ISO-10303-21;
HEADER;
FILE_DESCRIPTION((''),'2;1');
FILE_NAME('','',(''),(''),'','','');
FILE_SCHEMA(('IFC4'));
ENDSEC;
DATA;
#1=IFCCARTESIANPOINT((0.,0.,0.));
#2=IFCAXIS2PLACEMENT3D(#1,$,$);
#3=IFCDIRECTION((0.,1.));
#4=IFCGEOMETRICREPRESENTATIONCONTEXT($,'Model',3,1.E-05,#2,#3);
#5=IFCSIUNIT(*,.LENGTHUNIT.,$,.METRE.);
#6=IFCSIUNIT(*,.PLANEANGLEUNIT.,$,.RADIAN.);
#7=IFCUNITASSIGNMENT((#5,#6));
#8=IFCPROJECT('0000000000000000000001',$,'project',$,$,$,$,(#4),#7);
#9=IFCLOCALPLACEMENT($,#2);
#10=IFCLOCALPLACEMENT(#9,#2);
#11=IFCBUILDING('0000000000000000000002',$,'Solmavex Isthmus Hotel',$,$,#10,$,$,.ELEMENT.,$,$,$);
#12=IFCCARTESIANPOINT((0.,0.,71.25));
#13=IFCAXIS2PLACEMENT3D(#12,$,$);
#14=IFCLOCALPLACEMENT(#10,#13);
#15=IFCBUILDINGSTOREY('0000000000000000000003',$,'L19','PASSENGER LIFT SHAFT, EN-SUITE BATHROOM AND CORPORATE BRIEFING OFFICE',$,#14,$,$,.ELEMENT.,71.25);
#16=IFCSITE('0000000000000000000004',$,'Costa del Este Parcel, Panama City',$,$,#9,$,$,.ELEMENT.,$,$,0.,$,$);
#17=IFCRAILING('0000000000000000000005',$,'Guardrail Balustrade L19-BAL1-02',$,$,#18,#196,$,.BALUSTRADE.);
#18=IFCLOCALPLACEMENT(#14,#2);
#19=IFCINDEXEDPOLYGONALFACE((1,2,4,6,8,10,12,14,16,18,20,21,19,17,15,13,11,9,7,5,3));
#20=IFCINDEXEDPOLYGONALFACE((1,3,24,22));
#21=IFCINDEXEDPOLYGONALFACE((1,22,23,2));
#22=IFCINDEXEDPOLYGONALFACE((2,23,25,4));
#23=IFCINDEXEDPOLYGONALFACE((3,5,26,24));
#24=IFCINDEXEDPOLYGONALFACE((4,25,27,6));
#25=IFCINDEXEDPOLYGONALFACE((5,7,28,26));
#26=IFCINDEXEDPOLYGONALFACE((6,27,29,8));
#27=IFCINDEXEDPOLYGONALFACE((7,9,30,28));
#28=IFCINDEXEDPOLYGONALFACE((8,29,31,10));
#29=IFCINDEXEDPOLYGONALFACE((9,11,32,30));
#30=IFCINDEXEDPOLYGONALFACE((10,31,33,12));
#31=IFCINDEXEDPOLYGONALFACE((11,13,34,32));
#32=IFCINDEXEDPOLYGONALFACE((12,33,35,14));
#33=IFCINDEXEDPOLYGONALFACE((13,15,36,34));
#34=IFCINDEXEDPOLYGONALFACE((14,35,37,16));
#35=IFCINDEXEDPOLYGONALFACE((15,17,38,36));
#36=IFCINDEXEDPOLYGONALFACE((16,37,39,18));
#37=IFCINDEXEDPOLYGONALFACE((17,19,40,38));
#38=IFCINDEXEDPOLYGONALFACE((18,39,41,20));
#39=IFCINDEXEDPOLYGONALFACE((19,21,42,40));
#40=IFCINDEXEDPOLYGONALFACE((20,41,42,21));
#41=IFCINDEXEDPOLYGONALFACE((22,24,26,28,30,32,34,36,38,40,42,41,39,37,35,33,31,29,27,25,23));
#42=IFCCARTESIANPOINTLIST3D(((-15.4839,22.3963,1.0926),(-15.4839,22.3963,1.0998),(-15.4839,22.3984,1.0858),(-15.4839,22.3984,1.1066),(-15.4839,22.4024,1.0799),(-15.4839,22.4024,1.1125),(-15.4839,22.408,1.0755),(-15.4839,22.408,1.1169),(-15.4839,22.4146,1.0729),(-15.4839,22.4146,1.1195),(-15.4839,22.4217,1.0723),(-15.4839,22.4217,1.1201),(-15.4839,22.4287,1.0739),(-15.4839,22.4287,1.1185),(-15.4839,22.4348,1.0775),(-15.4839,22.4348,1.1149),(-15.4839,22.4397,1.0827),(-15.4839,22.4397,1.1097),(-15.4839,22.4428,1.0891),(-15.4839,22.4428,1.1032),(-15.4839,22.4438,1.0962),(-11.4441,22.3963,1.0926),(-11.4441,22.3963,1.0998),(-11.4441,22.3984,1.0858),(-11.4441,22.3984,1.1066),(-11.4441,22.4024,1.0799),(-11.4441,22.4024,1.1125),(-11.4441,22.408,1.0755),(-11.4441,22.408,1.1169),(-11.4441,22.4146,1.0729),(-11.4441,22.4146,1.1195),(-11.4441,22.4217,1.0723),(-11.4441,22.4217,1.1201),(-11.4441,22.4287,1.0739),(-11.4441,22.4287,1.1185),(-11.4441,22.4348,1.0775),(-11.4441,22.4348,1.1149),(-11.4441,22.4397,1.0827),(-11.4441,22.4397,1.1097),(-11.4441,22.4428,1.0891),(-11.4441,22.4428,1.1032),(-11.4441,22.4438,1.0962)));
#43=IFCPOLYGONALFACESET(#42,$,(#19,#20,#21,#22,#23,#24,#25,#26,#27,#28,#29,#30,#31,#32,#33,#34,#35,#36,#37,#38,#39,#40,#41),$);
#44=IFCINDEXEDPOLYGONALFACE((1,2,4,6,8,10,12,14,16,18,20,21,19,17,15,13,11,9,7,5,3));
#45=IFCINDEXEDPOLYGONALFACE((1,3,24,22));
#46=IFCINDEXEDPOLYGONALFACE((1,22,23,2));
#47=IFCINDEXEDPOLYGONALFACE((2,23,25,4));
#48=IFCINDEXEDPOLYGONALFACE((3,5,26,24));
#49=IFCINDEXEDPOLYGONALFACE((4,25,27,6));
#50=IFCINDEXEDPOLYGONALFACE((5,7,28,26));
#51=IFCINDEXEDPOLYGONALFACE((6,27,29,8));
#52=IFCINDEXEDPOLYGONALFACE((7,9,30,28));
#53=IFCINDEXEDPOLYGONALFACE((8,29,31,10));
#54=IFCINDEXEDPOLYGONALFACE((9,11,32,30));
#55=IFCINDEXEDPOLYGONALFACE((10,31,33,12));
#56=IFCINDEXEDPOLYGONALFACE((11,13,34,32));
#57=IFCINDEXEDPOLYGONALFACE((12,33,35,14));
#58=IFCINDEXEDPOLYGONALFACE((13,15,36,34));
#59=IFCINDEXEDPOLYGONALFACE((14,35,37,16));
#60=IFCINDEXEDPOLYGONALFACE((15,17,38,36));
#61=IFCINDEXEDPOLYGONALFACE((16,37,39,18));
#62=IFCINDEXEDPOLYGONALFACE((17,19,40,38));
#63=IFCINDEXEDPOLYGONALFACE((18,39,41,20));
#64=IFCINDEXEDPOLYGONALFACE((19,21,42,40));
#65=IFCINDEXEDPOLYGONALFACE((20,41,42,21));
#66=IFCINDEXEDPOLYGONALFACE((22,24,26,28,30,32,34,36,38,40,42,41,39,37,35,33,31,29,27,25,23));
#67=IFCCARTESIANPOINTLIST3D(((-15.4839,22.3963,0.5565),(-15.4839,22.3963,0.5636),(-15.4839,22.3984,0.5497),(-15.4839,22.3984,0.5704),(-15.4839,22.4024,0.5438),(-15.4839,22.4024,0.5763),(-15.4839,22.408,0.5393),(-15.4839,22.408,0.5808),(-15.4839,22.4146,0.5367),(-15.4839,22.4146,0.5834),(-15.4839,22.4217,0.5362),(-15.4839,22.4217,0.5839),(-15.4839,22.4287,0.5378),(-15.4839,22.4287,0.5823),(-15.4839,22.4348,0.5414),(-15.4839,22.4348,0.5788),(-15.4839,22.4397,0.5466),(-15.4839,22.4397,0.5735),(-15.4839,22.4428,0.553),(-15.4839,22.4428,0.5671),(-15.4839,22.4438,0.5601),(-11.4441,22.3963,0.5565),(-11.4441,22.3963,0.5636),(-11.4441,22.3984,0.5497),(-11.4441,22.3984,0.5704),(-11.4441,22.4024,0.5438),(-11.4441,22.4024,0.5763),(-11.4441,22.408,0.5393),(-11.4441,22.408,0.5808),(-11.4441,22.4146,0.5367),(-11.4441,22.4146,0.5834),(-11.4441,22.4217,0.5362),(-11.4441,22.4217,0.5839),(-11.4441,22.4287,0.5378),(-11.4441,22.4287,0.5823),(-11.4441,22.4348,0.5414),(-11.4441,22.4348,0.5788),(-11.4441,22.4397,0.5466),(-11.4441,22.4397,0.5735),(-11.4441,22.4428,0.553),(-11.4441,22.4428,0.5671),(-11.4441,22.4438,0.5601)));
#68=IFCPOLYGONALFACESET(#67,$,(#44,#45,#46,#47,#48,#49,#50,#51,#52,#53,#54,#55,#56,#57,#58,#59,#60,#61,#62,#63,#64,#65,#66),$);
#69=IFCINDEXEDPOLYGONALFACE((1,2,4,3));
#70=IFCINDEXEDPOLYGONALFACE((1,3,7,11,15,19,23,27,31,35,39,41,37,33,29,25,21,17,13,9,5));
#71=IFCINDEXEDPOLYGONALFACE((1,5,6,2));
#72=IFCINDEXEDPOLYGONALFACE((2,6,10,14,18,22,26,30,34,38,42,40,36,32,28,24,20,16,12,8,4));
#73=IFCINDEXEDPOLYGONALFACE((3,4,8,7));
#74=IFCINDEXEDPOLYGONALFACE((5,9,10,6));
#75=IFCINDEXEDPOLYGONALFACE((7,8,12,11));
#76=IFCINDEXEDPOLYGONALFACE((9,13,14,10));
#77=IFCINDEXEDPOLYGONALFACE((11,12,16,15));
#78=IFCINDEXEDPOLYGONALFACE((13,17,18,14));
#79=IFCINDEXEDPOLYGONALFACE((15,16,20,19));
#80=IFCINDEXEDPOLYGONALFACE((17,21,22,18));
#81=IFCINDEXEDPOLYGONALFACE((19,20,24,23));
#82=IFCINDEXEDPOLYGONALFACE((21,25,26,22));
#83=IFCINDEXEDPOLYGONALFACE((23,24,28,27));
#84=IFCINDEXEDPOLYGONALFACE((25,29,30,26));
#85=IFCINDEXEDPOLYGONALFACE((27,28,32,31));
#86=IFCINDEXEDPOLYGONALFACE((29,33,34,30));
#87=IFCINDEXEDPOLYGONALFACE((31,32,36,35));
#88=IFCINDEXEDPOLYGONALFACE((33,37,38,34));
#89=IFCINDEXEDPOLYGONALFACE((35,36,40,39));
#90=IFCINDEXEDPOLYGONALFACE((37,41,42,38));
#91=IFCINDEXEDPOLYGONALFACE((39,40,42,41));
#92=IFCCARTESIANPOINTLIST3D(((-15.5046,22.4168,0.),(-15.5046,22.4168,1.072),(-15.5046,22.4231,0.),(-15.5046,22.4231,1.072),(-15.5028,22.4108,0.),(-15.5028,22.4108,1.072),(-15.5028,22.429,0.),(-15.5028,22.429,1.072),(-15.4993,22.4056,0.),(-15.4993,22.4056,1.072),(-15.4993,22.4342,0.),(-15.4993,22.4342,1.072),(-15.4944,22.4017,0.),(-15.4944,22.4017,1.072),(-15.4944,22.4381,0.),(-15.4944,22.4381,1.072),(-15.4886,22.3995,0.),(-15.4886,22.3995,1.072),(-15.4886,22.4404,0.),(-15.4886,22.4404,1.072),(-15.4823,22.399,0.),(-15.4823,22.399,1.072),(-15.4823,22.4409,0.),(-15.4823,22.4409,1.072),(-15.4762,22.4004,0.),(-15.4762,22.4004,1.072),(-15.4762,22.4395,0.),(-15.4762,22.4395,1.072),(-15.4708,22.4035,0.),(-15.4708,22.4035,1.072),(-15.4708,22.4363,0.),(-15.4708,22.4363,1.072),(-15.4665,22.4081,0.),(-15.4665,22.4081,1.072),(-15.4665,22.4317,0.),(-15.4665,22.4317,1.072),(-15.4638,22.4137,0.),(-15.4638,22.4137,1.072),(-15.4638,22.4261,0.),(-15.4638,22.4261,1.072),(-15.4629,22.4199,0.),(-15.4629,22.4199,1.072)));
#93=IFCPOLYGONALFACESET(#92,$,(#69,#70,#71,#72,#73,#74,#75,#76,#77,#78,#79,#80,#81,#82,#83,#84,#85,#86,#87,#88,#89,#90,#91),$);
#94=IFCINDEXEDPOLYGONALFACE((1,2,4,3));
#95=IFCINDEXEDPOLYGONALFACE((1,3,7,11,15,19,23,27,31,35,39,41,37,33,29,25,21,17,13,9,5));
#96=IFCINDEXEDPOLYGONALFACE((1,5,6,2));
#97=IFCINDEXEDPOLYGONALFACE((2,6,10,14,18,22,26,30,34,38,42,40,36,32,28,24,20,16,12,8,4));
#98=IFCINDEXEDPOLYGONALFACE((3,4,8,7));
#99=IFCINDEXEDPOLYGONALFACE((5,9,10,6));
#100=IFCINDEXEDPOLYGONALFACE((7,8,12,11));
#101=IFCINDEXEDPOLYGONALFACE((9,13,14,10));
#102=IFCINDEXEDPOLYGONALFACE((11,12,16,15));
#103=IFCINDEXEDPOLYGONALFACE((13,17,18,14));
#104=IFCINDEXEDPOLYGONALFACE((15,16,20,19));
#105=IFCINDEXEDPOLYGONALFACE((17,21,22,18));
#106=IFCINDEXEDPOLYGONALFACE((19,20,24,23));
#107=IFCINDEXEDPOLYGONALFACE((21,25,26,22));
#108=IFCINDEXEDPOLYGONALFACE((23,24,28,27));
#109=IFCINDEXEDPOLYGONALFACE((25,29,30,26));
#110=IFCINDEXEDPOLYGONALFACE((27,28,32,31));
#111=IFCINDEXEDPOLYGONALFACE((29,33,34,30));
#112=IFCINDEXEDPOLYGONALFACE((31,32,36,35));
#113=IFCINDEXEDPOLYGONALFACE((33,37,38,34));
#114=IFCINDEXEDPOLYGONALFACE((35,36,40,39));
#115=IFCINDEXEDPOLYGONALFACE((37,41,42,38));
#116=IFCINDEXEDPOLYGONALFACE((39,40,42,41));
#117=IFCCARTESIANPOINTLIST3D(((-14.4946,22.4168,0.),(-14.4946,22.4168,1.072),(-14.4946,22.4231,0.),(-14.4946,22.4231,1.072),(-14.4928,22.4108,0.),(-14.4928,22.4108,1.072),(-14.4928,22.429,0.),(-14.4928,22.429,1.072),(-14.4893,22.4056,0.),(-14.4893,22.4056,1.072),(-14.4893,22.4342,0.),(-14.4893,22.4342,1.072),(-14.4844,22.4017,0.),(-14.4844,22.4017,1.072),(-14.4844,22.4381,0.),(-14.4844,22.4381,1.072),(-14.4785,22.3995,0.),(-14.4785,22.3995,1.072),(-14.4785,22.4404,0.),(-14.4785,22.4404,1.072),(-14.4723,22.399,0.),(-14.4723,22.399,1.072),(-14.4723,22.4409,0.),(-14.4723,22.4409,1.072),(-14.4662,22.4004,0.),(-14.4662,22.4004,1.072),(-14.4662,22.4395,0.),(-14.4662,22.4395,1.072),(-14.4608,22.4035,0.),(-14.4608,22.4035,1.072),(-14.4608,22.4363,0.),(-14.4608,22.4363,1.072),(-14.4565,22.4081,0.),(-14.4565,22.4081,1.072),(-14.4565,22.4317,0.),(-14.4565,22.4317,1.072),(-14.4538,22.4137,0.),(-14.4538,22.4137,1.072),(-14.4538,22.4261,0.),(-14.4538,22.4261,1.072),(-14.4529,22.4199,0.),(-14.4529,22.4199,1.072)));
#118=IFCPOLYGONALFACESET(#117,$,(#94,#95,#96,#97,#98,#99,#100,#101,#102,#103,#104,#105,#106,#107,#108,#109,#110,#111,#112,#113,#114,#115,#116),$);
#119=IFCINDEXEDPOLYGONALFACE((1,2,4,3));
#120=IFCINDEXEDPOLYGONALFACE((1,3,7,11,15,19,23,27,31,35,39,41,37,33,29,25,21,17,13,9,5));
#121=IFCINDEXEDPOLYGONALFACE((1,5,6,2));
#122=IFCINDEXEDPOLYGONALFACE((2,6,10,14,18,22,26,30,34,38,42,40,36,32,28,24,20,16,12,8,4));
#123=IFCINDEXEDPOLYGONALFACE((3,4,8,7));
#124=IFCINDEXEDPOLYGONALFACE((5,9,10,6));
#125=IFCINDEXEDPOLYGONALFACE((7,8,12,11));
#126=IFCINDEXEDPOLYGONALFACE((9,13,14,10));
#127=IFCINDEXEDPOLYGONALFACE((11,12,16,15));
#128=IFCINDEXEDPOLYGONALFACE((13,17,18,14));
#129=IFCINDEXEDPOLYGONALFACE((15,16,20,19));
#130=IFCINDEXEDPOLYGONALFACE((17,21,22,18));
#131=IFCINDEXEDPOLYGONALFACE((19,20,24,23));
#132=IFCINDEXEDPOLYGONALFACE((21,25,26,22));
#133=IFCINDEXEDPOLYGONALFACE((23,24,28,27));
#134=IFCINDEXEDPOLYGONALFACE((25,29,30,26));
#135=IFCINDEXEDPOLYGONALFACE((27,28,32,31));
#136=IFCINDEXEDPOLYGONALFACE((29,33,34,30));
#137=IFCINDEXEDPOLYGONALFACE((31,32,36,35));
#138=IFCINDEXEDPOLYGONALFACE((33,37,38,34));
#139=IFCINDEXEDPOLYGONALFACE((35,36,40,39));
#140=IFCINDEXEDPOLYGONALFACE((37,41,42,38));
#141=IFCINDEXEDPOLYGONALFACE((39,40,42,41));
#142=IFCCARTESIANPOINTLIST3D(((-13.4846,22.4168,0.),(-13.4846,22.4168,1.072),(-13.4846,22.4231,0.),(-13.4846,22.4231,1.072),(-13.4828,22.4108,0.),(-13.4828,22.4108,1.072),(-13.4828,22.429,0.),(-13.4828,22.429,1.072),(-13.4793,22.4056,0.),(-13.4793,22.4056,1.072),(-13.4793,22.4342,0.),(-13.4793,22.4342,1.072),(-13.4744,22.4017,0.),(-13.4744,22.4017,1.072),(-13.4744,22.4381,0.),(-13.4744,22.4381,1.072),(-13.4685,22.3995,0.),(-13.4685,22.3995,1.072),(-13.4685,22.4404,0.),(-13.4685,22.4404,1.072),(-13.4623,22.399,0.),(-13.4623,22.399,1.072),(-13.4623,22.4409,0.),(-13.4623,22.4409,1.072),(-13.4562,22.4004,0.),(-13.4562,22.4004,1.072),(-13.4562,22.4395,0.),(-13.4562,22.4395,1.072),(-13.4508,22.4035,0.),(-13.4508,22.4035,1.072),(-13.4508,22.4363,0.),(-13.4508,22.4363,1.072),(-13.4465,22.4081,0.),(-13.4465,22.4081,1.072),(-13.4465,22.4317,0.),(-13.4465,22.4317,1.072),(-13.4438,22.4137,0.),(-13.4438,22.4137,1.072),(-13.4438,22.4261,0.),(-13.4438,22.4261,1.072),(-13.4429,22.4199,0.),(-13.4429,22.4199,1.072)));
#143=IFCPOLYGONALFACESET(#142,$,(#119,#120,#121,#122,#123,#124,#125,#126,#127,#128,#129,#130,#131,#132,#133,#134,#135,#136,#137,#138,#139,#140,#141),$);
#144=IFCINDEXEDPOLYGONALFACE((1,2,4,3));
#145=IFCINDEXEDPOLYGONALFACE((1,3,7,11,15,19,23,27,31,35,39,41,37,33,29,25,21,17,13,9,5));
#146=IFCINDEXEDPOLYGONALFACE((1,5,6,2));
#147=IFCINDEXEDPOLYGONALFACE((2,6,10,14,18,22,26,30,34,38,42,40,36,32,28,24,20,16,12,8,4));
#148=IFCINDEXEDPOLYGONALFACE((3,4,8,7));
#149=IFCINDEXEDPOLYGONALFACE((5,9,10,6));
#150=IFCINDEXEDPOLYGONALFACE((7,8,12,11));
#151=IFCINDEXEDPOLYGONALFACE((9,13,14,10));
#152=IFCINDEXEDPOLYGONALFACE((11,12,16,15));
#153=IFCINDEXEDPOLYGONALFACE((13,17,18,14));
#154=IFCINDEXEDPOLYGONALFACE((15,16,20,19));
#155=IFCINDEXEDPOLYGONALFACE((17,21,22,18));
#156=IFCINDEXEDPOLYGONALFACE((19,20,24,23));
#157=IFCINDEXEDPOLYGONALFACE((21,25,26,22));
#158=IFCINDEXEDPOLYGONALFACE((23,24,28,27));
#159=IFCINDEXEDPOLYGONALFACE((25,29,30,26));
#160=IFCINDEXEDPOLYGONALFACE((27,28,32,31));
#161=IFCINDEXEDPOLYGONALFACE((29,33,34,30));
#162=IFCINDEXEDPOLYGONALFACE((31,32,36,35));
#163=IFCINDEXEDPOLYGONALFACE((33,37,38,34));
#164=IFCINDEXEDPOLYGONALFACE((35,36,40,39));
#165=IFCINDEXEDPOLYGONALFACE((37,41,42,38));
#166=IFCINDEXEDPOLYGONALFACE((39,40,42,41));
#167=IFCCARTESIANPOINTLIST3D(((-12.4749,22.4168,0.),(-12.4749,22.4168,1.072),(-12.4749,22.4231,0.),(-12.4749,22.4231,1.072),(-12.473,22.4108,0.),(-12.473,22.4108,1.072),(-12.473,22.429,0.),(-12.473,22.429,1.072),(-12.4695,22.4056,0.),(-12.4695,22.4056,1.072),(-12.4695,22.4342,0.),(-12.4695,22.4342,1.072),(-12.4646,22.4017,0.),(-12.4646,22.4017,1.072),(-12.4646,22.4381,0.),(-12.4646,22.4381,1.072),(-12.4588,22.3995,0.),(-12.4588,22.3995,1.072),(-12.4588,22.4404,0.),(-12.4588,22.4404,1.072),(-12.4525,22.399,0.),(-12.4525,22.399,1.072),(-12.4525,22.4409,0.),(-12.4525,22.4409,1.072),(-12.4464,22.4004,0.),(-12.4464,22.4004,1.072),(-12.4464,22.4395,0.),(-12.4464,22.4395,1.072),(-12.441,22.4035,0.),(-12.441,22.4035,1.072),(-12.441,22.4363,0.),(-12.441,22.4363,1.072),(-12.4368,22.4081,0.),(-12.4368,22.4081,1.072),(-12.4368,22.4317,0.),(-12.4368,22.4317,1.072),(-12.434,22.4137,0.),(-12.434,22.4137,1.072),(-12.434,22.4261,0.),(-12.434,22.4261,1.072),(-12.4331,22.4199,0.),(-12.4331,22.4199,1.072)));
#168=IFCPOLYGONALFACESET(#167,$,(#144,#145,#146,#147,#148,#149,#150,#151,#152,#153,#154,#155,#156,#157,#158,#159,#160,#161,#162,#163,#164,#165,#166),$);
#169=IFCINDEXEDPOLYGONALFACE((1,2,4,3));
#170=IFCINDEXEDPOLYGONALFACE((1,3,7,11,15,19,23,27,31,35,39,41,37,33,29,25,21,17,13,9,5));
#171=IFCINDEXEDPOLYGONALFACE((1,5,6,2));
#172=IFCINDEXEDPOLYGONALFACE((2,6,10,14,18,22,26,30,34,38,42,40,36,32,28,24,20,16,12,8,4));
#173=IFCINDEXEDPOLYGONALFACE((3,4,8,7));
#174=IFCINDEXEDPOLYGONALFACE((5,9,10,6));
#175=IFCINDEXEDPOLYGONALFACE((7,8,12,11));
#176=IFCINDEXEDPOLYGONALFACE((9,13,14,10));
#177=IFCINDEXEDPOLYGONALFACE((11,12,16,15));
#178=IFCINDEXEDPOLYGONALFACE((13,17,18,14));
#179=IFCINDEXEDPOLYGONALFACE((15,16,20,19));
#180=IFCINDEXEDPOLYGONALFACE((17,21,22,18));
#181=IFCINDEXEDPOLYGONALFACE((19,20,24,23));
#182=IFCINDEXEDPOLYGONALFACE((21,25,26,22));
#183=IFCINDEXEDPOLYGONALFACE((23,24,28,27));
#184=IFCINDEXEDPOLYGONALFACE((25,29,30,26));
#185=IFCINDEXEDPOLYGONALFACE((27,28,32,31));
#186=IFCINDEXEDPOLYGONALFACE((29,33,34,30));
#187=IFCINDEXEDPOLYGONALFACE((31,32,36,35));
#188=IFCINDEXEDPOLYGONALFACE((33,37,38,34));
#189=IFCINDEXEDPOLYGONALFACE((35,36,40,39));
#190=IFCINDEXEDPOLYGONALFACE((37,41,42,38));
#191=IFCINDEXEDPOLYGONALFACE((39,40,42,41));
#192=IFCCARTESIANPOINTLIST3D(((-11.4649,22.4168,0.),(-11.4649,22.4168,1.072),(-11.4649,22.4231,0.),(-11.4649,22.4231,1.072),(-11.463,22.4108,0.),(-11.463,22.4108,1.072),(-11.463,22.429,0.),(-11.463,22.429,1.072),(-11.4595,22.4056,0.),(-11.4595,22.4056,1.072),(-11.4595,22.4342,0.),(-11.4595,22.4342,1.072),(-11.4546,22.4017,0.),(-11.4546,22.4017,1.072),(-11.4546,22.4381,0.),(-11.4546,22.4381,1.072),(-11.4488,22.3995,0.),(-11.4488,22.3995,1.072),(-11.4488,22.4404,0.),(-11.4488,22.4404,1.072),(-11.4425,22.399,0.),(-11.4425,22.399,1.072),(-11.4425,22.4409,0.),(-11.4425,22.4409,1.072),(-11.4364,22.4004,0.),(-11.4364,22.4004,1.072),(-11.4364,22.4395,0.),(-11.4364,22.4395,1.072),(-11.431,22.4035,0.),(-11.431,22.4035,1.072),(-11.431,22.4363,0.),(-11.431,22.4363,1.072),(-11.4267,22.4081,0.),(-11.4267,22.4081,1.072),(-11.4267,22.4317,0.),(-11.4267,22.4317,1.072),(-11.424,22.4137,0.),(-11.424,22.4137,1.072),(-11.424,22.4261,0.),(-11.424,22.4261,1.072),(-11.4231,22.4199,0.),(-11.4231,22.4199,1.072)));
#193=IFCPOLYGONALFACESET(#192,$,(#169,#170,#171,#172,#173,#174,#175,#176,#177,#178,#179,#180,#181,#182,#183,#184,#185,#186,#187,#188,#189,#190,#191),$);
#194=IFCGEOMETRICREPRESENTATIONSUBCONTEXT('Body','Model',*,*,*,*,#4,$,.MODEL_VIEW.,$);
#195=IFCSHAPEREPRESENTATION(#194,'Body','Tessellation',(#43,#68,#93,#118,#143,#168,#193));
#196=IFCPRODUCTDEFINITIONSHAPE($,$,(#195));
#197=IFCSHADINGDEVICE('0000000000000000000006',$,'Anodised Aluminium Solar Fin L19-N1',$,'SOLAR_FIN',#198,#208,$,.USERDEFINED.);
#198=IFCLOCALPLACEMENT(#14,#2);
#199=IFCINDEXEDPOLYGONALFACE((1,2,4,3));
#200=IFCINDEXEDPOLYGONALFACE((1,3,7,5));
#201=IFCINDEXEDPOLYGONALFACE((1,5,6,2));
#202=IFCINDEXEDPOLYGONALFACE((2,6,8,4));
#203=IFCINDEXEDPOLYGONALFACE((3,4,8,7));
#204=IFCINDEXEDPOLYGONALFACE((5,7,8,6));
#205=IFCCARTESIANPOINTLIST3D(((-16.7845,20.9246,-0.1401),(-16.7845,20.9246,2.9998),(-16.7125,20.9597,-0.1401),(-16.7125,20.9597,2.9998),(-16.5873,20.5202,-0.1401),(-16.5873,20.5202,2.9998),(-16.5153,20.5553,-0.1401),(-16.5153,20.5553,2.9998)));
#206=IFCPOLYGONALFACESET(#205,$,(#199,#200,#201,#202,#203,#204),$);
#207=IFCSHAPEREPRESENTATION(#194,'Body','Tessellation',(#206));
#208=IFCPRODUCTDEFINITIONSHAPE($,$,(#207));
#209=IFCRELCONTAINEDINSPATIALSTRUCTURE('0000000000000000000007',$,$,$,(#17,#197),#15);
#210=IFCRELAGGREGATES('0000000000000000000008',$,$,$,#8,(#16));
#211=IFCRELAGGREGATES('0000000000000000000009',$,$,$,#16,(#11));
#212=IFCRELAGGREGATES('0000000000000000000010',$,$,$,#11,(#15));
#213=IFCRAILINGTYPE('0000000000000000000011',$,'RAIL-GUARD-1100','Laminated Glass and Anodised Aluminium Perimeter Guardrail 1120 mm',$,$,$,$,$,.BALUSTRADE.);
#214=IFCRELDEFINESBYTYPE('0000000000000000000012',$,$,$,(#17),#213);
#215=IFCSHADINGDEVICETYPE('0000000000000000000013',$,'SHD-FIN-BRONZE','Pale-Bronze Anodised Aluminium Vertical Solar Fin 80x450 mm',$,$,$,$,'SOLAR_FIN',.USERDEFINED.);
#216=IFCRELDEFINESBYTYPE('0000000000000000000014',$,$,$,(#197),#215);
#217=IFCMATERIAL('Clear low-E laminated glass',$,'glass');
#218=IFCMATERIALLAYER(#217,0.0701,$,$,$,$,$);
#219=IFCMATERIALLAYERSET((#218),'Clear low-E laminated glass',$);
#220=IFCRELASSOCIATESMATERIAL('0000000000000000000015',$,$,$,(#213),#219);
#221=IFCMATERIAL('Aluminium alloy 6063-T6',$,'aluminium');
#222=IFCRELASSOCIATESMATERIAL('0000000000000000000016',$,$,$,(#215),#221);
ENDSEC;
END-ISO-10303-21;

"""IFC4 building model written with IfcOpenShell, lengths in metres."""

from ifc_helpers import new_model, si_unit, direction, frame, origin, origin_2d, place, context, subcontext, project, spatial, rectangle, circle, extrude, material, layer, layer_set, type_object, element, save


model = new_model("IFC4")

# Units and contexts
model_context = context("Model", 3, precision=1e-05, world=origin(), true_north=direction((0.0, 1.0)))
body_context = subcontext(model_context, "Body", "Model", "MODEL_VIEW")
ifc_project = project(units=[si_unit("LENGTHUNIT", "METRE"), si_unit("PLANEANGLEUNIT", "RADIAN")], contexts=[model_context])

# Site, building, storey
site_placement = place(None, origin())
site = spatial("IfcSite", under=ifc_project, at=site_placement, Name="Costa del Este Parcel, Panama City", CompositionType="ELEMENT", RefElevation=0.0)
building_placement = place(site_placement, origin())
building = spatial("IfcBuilding", under=site, at=building_placement, Name="Solmavex Isthmus Hotel", CompositionType="ELEMENT")
storey_placement = place(building_placement, frame((0.0, 0.0, 71.25)))
storey = spatial("IfcBuildingStorey", under=building, at=storey_placement, Name="L19", Description="PASSENGER LIFT SHAFT, EN-SUITE BATHROOM AND CORPORATE BRIEFING OFFICE", CompositionType="ELEMENT", Elevation=71.25)

# Shared definitions
ifc_material_1 = material(Name="Aluminium alloy 6063-T6", Category="aluminium")

# Shared definitions
ifc_material_2 = material(Name="Clear low-E laminated glass", Category="glass")

# Railing
ifc_layer_1 = layer(ifc_material_2, 0.0701)
ifc_layer_set_1 = layer_set([ifc_layer_1], Name="Clear low-E laminated glass")
railing_type = type_object("IfcRailingType", Name="RAIL-GUARD-1100", Description="Laminated Glass and Anodised Aluminium Perimeter Guardrail 1120 mm", PredefinedType="BALUSTRADE", material=ifc_layer_set_1)
railing_1_placement = place(storey_placement, frame((-15.4839, 22.4199, 0.0)))
element("IfcRailing", 1, at=railing_1_placement, inside=storey, type_object=railing_type, Name="Guardrail Balustrade L19-BAL1-02", PredefinedType="BALUSTRADE", context=body_context, shape_type="SweptSolid", body=[
    extrude(circle(Radius=0.0239, at=origin_2d()), frame((0.0, 0.0, 1.0962), z_axis=(1.0, 0.0, 0.0), x_axis=(0.0, 1.0, 0.0)), (0.0, 0.0, 1.0), 4.0398),
    extrude(circle(Radius=0.0239, at=origin_2d()), frame((0.0, 0.0, 0.5601), z_axis=(1.0, 0.0, 0.0), x_axis=(0.0, 1.0, 0.0)), (0.0, 0.0, 1.0), 4.0398),
    extrude(circle(Radius=0.021, at=origin_2d()), origin(), (0.0, 0.0, 1.0), 1.072),
    extrude(circle(Radius=0.021, at=origin_2d()), frame((1.01, 0.0, 0.0)), (0.0, 0.0, 1.0), 1.072),
    extrude(circle(Radius=0.021, at=origin_2d()), frame((2.02, 0.0, 0.0)), (0.0, 0.0, 1.0), 1.072),
    extrude(circle(Radius=0.021, at=origin_2d()), frame((3.0298, 0.0, 0.0)), (0.0, 0.0, 1.0), 1.072),
    extrude(circle(Radius=0.021, at=origin_2d()), frame((4.0398, 0.0, 0.0)), (0.0, 0.0, 1.0), 1.072),
])

# Shading device
shading_device_type = type_object("IfcShadingDeviceType", Name="SHD-FIN-BRONZE", Description="Pale-Bronze Anodised Aluminium Vertical Solar Fin 80x450 mm", ElementType="SOLAR_FIN", PredefinedType="USERDEFINED", material=ifc_material_1)
shading_device_placement = place(storey_placement, frame((-16.6499, 20.74, -0.1401), z_axis=(0.0, 0.0, 1.0), x_axis=(-0.438371, 0.898794, 0.0)))
element("IfcShadingDevice", 2, at=shading_device_placement, inside=storey, type_object=shading_device_type, Name="Anodised Aluminium Solar Fin L19-N1", ObjectType="SOLAR_FIN", PredefinedType="USERDEFINED", context=body_context, shape_type="SweptSolid", body=[
    extrude(rectangle(XDim=0.45, YDim=0.0801, at=origin_2d()), origin(), (0.0, 0.0, 1.0), 3.1399),
])

save(model, "model.ifc")
